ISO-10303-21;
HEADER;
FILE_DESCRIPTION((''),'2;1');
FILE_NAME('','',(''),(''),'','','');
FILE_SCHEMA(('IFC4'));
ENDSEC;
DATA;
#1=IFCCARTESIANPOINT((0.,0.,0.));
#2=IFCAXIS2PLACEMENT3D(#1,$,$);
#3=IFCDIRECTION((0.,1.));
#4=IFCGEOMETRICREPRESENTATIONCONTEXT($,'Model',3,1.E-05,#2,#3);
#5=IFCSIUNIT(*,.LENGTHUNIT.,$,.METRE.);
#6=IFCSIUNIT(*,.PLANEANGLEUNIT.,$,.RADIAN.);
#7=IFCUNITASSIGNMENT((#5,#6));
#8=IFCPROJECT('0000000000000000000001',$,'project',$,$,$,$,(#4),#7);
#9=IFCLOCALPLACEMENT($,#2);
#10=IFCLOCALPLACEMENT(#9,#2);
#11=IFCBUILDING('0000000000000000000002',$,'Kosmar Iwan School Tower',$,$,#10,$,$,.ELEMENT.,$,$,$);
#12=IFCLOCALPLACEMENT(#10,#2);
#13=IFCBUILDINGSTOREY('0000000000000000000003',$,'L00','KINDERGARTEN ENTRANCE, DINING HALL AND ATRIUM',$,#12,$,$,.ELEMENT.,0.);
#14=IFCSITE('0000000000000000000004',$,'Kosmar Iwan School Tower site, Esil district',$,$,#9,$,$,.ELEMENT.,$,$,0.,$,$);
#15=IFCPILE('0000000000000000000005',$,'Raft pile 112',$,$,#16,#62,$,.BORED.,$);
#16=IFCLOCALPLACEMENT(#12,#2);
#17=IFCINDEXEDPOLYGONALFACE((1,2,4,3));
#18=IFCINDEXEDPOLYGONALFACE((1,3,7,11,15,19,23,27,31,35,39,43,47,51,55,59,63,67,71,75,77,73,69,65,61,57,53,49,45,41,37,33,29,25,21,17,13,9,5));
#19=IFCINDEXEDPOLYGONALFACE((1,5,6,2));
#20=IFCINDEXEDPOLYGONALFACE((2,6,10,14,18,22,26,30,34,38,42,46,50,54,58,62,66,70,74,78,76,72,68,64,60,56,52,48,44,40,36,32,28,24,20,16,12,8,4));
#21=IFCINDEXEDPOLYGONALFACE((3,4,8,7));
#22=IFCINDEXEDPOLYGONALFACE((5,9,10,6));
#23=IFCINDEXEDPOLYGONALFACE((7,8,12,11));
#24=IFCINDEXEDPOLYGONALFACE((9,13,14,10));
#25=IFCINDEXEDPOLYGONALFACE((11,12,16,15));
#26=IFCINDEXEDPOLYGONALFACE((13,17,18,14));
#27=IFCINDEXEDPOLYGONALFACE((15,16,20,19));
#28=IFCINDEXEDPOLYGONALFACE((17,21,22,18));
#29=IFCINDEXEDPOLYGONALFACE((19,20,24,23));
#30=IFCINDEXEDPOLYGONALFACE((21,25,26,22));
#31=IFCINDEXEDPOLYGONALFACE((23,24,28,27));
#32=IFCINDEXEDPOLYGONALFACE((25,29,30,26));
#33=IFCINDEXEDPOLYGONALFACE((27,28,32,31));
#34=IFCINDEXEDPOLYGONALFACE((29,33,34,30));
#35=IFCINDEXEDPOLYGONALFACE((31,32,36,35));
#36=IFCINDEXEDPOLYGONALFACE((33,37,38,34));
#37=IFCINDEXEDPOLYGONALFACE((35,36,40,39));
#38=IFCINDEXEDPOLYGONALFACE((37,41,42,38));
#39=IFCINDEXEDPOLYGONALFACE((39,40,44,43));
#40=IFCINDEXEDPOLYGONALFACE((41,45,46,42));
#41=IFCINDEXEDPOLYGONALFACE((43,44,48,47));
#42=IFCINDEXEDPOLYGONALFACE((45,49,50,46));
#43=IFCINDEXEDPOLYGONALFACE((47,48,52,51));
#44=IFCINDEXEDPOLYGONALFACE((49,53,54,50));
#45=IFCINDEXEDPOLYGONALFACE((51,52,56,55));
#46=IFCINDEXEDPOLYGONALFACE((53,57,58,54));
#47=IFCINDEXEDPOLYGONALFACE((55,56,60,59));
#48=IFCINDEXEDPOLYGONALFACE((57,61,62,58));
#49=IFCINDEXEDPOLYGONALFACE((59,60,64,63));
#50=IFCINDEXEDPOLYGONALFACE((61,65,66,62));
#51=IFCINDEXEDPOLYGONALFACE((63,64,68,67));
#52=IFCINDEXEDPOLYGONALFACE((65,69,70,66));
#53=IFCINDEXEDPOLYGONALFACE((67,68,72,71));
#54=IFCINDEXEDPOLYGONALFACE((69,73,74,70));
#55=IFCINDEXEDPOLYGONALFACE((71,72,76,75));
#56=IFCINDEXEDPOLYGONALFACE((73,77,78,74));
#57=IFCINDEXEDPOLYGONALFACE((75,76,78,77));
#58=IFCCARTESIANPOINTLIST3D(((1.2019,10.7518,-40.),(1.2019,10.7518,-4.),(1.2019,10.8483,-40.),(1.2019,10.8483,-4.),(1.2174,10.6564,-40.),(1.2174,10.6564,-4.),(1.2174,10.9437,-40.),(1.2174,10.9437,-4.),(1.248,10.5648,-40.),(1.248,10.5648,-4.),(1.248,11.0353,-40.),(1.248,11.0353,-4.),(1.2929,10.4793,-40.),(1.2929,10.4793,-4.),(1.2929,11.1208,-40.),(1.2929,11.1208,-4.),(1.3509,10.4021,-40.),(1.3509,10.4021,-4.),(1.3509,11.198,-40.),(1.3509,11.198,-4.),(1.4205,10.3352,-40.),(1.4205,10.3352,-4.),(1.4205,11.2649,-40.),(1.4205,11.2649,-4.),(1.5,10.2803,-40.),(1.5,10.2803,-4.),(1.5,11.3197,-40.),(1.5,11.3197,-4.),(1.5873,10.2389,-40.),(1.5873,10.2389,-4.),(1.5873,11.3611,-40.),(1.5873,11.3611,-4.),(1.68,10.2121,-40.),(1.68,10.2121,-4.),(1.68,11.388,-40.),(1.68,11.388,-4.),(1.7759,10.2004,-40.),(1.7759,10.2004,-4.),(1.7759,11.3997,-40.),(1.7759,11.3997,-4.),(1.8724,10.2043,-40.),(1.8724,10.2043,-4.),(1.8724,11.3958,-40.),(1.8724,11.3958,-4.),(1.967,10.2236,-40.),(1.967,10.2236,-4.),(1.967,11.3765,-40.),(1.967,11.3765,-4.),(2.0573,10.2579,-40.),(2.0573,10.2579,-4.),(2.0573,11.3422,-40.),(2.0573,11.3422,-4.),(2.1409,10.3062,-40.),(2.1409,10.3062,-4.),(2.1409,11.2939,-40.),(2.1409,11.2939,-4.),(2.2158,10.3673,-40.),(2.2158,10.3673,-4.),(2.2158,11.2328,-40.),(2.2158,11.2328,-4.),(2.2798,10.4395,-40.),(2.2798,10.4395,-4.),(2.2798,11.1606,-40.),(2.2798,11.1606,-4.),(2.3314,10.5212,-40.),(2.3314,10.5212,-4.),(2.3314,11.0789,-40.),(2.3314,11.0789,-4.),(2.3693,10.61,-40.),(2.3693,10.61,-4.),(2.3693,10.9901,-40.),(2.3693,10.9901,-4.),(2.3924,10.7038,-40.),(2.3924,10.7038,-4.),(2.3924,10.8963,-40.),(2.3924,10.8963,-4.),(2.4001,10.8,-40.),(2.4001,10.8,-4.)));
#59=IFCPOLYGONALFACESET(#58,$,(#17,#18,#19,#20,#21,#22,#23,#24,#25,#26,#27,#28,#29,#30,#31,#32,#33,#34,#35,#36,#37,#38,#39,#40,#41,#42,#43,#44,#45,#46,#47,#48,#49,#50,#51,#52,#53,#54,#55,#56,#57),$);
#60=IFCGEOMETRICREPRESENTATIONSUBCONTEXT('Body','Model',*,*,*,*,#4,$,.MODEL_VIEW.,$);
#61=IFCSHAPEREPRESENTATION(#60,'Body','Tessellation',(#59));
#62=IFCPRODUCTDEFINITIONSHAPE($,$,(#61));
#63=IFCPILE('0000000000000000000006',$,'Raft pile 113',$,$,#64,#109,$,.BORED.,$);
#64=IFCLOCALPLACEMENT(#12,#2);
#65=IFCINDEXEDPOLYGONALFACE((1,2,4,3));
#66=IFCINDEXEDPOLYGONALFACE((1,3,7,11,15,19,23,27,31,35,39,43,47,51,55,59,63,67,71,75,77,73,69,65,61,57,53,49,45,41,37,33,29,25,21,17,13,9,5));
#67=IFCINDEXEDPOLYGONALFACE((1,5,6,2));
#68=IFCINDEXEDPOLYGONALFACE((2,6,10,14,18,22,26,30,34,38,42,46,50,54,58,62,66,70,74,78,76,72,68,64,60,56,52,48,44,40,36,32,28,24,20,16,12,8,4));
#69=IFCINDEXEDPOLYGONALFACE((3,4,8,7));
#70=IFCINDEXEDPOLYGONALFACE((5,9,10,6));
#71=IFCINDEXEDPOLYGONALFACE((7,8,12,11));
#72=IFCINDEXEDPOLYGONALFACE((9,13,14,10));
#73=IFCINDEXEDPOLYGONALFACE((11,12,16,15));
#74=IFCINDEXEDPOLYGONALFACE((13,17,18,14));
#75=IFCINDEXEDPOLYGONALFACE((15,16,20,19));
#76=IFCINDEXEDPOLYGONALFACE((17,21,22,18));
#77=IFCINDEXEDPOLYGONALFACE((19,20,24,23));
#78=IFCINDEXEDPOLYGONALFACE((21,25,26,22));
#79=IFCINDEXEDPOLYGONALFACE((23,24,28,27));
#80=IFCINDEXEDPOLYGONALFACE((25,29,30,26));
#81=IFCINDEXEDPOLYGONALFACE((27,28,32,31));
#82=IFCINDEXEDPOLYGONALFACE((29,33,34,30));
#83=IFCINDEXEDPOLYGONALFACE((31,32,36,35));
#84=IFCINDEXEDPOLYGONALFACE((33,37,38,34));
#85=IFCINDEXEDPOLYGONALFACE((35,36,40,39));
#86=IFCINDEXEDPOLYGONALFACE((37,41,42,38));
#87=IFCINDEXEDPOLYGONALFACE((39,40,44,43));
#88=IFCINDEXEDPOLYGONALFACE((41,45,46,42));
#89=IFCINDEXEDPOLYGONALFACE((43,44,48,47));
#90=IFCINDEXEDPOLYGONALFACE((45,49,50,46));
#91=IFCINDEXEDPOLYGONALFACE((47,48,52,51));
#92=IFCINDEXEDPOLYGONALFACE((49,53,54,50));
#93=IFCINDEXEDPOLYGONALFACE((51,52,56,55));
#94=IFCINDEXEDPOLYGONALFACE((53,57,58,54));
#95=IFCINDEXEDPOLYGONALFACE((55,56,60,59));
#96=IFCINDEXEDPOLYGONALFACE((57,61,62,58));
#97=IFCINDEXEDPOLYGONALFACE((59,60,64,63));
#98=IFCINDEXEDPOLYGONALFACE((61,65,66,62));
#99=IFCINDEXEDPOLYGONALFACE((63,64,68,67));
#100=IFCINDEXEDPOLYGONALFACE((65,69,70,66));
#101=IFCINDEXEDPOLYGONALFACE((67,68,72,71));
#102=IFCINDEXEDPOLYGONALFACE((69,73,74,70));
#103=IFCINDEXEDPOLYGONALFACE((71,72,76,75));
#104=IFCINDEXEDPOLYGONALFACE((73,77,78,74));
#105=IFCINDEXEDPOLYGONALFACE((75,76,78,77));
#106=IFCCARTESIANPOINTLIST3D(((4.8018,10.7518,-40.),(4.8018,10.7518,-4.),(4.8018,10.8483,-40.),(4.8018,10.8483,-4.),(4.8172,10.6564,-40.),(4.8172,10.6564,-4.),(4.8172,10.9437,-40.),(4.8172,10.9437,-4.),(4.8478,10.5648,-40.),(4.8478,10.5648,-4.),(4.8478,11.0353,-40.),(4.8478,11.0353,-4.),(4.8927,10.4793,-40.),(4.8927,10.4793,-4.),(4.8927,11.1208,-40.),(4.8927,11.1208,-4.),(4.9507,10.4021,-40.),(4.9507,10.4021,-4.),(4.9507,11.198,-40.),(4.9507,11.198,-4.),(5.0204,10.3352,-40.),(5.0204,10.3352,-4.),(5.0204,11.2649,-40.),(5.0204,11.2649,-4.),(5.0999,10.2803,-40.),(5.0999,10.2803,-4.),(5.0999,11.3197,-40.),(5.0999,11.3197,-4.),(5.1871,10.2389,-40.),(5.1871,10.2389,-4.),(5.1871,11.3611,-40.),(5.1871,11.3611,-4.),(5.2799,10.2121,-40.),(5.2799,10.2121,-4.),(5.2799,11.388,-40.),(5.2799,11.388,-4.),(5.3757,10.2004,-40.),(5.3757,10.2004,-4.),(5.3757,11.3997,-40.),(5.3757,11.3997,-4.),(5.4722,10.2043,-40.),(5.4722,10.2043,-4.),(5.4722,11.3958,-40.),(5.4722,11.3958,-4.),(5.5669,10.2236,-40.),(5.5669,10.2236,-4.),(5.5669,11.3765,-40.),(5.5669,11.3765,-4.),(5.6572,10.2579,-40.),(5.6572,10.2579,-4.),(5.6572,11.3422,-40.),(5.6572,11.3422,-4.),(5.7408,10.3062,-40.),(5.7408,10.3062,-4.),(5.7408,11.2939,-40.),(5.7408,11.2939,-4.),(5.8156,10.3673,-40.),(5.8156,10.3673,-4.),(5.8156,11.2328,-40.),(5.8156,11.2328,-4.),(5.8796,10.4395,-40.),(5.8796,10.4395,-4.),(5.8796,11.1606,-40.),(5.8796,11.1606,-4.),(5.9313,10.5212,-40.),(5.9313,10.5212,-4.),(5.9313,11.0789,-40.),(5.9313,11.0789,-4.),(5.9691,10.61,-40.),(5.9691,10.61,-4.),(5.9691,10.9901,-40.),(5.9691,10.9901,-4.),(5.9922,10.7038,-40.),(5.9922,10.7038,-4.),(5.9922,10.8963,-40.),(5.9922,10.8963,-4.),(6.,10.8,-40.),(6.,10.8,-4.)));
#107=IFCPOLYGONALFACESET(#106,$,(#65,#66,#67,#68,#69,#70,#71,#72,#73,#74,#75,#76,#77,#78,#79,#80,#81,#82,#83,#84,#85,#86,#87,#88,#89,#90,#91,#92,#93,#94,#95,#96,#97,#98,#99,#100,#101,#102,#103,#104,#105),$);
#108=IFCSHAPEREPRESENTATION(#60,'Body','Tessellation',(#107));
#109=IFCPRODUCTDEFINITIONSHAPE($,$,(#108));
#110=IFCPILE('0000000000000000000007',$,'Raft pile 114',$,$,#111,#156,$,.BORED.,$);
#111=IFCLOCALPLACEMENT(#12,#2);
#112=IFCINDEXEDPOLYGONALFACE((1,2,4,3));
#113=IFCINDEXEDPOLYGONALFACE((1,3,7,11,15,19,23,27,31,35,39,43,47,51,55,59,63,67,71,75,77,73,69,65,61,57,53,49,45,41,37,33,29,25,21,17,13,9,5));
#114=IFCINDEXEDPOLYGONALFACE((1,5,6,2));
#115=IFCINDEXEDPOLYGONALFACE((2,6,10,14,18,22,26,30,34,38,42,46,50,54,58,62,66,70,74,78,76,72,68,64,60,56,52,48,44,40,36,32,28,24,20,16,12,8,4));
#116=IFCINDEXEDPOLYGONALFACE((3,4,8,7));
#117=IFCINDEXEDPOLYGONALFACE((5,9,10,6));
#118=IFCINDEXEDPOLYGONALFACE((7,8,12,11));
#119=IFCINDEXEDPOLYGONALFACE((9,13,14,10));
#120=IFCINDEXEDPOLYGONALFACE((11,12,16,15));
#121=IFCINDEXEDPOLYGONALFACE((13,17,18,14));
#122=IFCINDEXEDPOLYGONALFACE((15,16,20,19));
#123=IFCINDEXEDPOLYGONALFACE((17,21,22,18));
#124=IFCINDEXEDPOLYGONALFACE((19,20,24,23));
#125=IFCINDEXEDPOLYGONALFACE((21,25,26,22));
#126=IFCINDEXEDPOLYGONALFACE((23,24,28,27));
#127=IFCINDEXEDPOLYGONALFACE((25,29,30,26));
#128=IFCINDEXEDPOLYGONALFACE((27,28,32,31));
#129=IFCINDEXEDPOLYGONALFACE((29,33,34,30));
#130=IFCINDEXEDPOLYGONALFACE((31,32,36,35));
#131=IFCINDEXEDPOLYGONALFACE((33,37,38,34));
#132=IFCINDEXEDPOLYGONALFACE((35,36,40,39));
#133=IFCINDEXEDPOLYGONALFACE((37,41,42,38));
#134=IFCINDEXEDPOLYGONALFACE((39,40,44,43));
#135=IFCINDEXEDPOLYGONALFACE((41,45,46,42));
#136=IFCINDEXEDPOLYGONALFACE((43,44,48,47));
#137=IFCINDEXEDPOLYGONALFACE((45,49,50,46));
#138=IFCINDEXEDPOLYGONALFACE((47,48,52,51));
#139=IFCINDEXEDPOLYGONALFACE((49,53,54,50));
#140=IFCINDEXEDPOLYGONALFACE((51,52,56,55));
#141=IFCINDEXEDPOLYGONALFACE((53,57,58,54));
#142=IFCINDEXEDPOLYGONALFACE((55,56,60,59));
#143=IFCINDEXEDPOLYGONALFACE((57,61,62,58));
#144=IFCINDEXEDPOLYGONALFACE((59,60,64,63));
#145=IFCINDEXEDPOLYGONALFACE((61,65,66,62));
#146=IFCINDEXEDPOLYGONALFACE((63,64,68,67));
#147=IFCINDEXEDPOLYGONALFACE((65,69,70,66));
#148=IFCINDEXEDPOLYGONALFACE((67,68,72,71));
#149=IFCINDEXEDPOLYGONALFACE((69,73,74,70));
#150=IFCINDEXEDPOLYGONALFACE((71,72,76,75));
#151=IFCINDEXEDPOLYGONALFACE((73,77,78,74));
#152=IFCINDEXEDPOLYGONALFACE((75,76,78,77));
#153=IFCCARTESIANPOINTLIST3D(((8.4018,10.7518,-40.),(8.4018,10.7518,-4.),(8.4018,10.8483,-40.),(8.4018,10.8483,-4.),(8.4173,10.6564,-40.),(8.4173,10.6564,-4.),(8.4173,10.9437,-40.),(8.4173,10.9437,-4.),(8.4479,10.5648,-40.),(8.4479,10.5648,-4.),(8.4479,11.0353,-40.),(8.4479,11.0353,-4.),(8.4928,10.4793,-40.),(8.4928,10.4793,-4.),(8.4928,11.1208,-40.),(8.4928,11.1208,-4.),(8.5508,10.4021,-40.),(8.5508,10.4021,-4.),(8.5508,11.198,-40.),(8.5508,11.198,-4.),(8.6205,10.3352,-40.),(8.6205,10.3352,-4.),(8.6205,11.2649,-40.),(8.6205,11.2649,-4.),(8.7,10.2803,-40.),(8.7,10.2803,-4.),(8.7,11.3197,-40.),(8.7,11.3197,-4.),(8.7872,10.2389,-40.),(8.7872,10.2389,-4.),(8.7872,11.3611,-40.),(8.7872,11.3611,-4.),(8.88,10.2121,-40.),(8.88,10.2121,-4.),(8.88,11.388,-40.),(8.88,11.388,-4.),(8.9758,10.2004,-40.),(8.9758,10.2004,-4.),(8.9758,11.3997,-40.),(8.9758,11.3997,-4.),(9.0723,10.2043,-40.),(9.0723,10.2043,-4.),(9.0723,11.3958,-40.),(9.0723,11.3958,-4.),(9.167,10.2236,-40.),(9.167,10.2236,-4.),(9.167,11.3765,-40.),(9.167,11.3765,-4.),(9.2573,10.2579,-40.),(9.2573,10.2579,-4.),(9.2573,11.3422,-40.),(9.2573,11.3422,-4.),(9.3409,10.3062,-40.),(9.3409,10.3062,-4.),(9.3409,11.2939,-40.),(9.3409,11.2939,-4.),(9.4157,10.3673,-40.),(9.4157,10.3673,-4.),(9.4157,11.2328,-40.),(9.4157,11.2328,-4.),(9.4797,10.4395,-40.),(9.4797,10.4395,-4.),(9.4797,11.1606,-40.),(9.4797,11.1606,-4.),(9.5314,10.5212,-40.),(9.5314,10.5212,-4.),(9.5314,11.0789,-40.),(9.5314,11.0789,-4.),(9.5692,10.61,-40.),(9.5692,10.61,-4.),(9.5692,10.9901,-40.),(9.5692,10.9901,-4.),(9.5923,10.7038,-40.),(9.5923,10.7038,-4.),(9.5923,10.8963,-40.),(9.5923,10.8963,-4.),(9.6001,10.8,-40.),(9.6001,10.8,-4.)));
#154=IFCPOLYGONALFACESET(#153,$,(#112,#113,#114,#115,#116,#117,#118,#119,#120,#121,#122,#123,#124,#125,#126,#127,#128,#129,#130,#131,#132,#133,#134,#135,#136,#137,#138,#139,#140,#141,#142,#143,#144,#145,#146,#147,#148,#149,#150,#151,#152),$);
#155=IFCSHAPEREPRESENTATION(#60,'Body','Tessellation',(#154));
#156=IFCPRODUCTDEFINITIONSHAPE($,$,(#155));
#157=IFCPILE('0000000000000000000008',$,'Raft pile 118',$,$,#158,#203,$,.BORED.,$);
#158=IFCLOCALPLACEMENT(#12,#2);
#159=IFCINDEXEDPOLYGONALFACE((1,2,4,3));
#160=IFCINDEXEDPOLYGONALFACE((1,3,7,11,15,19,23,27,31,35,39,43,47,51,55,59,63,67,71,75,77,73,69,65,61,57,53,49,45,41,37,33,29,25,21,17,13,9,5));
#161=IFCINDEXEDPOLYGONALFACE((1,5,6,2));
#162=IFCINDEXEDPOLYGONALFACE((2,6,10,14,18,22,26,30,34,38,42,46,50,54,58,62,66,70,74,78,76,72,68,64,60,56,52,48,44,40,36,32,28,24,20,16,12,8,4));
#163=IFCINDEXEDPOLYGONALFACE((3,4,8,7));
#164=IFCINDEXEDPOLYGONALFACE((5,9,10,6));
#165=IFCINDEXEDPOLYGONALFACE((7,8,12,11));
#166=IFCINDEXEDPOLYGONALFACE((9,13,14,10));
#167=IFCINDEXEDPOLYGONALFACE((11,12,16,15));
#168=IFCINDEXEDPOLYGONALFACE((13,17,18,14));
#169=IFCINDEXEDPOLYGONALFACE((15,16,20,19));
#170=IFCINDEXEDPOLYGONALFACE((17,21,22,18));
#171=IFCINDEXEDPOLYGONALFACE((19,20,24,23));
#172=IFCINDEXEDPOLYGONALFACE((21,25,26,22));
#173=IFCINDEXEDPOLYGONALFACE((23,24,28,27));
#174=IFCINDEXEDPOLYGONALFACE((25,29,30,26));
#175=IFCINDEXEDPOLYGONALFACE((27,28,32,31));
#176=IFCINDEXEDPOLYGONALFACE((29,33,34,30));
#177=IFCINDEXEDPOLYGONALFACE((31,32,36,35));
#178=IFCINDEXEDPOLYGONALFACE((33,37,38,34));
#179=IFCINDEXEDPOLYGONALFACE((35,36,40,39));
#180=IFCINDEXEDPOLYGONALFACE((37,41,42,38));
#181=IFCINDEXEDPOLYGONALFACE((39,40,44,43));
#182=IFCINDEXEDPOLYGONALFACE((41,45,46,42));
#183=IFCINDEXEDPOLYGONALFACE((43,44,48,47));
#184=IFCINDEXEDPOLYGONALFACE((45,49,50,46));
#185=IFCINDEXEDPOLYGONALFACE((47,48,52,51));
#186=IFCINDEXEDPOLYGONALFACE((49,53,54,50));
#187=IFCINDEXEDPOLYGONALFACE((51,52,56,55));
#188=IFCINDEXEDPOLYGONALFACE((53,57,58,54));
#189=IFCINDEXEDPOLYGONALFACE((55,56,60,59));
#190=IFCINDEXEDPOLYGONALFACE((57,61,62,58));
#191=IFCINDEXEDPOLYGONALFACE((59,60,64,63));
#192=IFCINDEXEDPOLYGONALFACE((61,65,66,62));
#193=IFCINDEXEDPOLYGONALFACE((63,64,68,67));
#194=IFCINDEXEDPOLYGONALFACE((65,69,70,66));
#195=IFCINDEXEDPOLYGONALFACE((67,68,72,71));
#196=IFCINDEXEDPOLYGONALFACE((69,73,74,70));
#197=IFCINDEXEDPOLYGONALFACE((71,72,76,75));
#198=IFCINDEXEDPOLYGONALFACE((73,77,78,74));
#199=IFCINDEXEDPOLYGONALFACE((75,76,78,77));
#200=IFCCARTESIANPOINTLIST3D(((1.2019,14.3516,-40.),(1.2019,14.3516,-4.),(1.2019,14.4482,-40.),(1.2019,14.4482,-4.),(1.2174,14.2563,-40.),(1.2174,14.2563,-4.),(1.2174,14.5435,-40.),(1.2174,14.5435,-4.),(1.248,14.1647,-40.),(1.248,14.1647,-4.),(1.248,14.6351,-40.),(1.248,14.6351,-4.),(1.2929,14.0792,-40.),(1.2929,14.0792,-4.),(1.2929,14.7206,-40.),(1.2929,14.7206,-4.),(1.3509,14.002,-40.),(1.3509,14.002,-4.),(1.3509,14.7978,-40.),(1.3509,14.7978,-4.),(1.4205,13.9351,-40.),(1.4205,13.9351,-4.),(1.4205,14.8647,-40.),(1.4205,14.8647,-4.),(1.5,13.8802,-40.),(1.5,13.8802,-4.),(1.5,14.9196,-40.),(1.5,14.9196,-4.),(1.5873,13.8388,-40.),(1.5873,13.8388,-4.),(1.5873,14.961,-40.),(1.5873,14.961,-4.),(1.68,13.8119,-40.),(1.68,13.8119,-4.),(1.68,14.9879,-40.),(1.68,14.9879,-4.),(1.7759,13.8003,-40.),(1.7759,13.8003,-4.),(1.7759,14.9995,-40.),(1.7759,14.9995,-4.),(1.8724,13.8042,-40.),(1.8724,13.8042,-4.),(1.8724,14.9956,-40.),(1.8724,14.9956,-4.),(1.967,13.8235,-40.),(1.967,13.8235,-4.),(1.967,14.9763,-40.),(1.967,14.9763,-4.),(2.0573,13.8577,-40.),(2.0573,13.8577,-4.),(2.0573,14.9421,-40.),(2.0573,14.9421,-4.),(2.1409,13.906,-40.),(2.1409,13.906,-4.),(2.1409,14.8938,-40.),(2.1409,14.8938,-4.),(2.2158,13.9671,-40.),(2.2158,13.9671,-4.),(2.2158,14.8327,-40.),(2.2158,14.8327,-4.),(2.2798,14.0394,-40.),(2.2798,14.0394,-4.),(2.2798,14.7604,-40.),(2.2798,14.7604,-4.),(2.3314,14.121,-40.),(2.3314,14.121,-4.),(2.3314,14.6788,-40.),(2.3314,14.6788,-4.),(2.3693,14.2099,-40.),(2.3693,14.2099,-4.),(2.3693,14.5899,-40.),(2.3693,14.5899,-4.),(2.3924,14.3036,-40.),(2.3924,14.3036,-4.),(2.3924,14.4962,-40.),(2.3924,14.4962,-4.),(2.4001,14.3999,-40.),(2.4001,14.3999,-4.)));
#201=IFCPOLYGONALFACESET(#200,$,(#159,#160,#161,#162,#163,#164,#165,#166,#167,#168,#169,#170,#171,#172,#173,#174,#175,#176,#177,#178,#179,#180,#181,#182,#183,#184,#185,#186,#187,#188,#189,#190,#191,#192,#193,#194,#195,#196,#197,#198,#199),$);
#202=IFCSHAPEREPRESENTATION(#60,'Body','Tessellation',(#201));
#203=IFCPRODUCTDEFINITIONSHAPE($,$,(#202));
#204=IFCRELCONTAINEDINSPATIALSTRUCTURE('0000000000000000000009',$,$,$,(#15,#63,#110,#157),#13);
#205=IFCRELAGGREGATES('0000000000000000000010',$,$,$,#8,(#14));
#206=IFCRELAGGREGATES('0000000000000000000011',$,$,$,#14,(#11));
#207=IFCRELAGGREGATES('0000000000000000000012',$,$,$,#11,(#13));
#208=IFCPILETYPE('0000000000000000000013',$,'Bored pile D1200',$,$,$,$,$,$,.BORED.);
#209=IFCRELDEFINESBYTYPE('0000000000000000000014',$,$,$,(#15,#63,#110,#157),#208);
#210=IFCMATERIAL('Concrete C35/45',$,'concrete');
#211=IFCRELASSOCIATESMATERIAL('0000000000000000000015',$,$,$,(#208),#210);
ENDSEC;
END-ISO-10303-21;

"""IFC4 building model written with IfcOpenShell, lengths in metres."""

from ifc_helpers import new_model, si_unit, direction, frame, origin, origin_2d, place, context, subcontext, project, spatial, circle, extrude, material, material_profile, profile_set, type_object, element, save


model = new_model("IFC4")

# Units and contexts
model_context = context("Model", 3, precision=1e-05, world=origin(), true_north=direction((0.0, 1.0)))
body_context = subcontext(model_context, "Body", "Model", "MODEL_VIEW")
ifc_project = project(units=[si_unit("LENGTHUNIT", "METRE"), si_unit("PLANEANGLEUNIT", "RADIAN")], contexts=[model_context])

# Site, building, storey
site_placement = place(None, origin())
site = spatial("IfcSite", under=ifc_project, at=site_placement, Name="Kosmar Iwan School Tower site, Esil district", CompositionType="ELEMENT", RefElevation=0.0)
building_placement = place(site_placement, origin())
building = spatial("IfcBuilding", under=site, at=building_placement, Name="Kosmar Iwan School Tower", CompositionType="ELEMENT")
storey_placement = place(building_placement, origin())
storey = spatial("IfcBuildingStorey", under=building, at=storey_placement, Name="L00", Description="KINDERGARTEN ENTRANCE, DINING HALL AND ATRIUM", CompositionType="ELEMENT", Elevation=0.0)

# Piles
ifc_material_1 = material(Name="Concrete C35/45", Category="concrete")
ifc_material_profile_1 = material_profile(ifc_material_1, circle(Radius=0.6001, at=origin_2d()), Name="D1200")
ifc_profile_set_1 = profile_set([ifc_material_profile_1], Name="Concrete C35/45")
pile_type = type_object("IfcPileType", Name="Bored pile D1200", PredefinedType="BORED", material=ifc_profile_set_1)
for number, where, z_axis, x_axis, name in (
    (1, (1.8, 10.8, -4.0), (0.0, 0.0, -1.0), (1.0, 0.0, 0.0), "Raft pile 112"),
    (2, (5.3999, 10.8, -4.0), (0.0, 0.0, -1.0), (1.0, 0.0, 0.0), "Raft pile 113"),
    (3, (9.0, 10.8, -4.0), (0.0, 0.0, -1.0), (1.0, 0.0, 0.0), "Raft pile 114"),
    (4, (1.8, 14.3999, -4.0), (0.0, 0.0, -1.0), (1.0, 0.0, 0.0), "Raft pile 118"),
):
    element("IfcPile", number, at=place(storey_placement, frame(where, z_axis=z_axis, x_axis=x_axis)), inside=storey, type_object=pile_type, Name=name, PredefinedType="BORED", context=body_context, shape_type="SweptSolid", body=[
        extrude(circle(Radius=0.6001, at=origin_2d()), origin(), (0.0, 0.0, 1.0), 36.0),
    ])

save(model, "model.ifc")
